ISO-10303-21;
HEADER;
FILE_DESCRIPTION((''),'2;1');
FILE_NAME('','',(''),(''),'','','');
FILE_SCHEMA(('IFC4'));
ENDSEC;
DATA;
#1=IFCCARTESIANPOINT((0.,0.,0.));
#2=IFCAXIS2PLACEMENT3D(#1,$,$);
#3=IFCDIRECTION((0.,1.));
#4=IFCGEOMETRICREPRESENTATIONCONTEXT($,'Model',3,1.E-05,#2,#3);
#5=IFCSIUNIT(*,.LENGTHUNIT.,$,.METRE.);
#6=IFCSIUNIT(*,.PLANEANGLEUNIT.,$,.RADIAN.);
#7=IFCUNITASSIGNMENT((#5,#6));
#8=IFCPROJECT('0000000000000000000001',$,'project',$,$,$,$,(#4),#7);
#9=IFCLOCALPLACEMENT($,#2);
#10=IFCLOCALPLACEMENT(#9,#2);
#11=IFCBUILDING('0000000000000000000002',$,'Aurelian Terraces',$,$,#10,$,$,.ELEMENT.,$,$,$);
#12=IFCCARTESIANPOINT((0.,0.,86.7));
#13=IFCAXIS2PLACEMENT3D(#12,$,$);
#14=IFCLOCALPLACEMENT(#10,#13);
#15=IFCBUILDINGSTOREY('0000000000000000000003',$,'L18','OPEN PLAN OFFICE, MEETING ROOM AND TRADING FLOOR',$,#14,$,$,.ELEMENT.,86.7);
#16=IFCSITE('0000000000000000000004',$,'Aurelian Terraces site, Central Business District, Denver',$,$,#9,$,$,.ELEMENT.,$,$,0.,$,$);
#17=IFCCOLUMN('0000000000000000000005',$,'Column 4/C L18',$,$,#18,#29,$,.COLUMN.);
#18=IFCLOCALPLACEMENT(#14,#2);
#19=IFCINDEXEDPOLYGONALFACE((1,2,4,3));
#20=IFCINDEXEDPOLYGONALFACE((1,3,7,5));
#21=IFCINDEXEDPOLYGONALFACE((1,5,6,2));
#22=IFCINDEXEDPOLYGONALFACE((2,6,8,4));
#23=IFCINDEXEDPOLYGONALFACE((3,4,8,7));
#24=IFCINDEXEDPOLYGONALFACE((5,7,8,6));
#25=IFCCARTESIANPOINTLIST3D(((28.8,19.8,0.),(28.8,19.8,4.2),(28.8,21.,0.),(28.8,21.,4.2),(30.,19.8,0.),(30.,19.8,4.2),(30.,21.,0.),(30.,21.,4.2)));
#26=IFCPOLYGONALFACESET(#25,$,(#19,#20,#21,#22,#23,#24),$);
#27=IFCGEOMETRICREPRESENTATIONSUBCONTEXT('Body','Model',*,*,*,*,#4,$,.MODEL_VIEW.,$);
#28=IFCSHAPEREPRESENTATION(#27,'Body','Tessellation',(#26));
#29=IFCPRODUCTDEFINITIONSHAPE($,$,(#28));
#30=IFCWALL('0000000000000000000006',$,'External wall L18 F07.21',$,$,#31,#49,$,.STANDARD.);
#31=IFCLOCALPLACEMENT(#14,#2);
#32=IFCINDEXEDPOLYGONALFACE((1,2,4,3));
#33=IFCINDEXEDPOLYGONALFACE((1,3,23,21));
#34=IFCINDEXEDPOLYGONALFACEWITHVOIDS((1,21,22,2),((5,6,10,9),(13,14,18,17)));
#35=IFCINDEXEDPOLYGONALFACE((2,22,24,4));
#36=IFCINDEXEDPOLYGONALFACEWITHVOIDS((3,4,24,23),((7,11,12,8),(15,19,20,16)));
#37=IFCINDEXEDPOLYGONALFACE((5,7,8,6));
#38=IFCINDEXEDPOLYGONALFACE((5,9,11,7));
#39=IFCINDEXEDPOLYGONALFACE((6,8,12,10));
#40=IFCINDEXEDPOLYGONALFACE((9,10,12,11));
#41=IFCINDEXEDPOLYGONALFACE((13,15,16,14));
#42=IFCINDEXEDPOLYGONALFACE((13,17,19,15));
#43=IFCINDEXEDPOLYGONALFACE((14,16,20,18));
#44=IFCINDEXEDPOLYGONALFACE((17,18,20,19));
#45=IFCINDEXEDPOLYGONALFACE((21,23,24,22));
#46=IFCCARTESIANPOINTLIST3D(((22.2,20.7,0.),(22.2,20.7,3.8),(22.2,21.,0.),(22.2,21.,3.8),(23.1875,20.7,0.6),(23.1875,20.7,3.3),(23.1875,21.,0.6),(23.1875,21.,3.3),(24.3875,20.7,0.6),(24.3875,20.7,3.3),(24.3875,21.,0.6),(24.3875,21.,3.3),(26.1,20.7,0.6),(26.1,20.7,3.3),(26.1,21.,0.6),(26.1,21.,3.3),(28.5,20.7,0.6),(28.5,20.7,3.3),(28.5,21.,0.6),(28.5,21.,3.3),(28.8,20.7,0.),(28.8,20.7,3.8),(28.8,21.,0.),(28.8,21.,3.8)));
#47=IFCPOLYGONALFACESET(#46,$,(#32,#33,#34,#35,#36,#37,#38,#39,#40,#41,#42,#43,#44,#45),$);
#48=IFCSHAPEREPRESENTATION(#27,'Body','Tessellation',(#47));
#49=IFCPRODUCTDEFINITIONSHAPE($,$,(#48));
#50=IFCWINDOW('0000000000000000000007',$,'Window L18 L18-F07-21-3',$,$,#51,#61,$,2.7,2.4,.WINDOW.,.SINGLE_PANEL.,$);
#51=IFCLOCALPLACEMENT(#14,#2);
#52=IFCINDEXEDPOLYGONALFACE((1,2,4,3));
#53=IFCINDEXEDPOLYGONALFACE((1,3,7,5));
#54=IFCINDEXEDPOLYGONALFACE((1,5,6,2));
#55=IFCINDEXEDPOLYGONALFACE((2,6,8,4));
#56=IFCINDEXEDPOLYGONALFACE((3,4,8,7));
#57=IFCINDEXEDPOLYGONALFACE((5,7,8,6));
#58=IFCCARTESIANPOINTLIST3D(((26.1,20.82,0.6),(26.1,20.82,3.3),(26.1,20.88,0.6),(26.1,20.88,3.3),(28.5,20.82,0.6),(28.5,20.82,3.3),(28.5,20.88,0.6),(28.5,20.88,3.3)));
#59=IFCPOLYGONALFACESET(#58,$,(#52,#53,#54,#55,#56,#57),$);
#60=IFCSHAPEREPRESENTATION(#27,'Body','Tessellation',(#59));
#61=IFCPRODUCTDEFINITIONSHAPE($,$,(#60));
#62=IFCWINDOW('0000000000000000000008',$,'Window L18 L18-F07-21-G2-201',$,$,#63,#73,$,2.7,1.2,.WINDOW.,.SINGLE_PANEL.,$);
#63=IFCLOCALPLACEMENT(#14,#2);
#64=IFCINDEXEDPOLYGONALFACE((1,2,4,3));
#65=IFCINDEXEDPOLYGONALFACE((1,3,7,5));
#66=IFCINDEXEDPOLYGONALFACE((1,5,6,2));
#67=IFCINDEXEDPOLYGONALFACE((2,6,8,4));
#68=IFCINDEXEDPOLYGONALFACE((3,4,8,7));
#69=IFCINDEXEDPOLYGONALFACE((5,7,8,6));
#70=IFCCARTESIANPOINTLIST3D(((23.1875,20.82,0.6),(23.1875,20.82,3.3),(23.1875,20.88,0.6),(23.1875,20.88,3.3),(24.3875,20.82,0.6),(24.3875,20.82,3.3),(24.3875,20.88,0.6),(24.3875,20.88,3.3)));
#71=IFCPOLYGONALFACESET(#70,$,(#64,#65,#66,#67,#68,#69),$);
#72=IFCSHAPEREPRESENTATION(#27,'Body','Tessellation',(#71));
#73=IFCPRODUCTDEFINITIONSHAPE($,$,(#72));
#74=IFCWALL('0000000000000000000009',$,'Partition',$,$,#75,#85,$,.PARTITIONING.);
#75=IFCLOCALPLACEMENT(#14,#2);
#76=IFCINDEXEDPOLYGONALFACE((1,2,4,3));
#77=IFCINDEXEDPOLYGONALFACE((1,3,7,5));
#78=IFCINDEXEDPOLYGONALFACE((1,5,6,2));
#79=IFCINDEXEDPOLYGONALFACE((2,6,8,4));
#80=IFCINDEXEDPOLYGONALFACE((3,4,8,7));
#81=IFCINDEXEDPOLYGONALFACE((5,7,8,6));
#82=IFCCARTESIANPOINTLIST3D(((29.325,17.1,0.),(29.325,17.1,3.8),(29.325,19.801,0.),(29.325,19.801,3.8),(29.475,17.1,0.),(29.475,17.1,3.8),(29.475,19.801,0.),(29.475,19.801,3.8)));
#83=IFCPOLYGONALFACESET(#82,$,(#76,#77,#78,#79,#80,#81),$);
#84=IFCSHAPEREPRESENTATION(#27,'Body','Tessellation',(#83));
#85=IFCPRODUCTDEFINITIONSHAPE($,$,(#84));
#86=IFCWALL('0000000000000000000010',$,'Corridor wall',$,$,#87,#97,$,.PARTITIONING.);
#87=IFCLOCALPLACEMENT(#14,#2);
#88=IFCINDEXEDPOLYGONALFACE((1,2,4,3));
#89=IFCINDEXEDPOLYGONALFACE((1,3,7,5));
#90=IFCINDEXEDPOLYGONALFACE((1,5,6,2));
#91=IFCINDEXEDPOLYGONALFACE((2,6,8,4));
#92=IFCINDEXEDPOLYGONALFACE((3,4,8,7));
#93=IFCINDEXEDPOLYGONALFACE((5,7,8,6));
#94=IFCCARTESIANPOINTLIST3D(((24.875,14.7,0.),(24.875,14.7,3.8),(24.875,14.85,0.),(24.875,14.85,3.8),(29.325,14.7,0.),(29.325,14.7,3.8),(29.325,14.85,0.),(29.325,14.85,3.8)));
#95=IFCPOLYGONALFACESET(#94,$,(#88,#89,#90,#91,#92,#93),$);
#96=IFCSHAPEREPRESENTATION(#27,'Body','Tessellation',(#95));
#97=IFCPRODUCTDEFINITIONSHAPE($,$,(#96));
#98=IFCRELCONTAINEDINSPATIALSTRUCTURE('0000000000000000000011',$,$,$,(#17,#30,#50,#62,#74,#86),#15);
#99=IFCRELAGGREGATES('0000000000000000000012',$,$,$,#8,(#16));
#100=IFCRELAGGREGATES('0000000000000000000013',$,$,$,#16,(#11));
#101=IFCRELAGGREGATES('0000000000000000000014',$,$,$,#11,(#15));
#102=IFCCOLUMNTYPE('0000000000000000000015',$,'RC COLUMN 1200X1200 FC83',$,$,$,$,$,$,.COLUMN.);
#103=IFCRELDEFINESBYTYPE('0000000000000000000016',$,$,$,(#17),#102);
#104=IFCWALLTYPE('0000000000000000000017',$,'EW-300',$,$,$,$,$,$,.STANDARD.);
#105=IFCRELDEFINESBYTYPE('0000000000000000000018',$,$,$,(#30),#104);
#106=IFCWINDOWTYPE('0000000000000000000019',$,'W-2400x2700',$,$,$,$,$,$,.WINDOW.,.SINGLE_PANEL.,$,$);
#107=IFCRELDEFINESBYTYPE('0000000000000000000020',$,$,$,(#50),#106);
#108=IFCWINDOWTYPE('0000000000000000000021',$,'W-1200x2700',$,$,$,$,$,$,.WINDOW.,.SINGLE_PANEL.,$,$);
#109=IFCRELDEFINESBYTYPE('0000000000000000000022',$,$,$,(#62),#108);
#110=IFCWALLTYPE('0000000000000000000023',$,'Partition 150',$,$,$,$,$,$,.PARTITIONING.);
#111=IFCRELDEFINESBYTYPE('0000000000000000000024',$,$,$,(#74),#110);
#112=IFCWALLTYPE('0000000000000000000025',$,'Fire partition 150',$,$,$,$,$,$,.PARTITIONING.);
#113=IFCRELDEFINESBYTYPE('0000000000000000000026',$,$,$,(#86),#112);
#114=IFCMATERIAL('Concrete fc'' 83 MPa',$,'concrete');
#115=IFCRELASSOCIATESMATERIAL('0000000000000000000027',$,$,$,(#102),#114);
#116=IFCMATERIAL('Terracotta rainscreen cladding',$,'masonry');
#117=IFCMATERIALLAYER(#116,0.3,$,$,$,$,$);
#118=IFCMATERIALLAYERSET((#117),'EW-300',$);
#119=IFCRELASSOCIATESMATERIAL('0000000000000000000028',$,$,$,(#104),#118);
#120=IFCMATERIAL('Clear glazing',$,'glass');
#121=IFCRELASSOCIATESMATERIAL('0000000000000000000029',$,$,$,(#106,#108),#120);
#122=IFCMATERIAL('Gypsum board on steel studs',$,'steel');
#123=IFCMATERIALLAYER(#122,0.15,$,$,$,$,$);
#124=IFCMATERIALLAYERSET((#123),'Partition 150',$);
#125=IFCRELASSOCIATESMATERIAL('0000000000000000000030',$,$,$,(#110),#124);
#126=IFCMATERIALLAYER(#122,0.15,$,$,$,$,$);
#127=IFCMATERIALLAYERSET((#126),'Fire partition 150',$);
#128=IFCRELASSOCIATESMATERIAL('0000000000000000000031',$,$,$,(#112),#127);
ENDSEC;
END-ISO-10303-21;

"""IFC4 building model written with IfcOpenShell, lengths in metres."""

from ifc_helpers import new_model, si_unit, direction, frame, frame_2d, origin, origin_2d, place, context, subcontext, project, spatial, rectangle, extrude, source, transform, mapped, material, layer, layer_set, material_profile, profile_set, type_object, element, fill, save


model = new_model("IFC4")

# Units and contexts
model_context = context("Model", 3, precision=1e-05, world=origin(), true_north=direction((0.0, 1.0)))
body_context = subcontext(model_context, "Body", "Model", "MODEL_VIEW")
ifc_project = project(units=[si_unit("LENGTHUNIT", "METRE"), si_unit("PLANEANGLEUNIT", "RADIAN")], contexts=[model_context])

# Site, building, storey
site_placement = place(None, origin())
site = spatial("IfcSite", under=ifc_project, at=site_placement, Name="Aurelian Terraces site, Central Business District, Denver", CompositionType="ELEMENT", RefElevation=0.0)
building_placement = place(site_placement, origin())
building = spatial("IfcBuilding", under=site, at=building_placement, Name="Aurelian Terraces", CompositionType="ELEMENT")
storey_placement = place(building_placement, frame((0.0, 0.0, 86.7)))
storey = spatial("IfcBuildingStorey", under=building, at=storey_placement, Name="L18", Description="OPEN PLAN OFFICE, MEETING ROOM AND TRADING FLOOR", CompositionType="ELEMENT", Elevation=86.7)

# Column
ifc_material_1 = material(Name="Concrete fc' 83 MPa", Category="concrete")
ifc_material_profile = material_profile(ifc_material_1, rectangle(XDim=1.2, YDim=1.2, at=origin_2d()))
ifc_profile_set = profile_set([ifc_material_profile], Name="Concrete fc' 83 MPa")
column_type = type_object("IfcColumnType", Name="RC COLUMN 1200X1200 FC83", PredefinedType="COLUMN", material=ifc_profile_set)
shared_shape_1 = source(origin(), body_context, "Body", "SweptSolid", [
    extrude(rectangle(XDim=1.2, YDim=1.2, at=origin_2d()), origin(), (0.0, 0.0, 1.0), 4.2),
])
column_placement = place(storey_placement, frame((29.4, 20.4, 0.0), z_axis=(0.0, 0.0, 1.0), x_axis=(1.0, 0.0, 0.0)))
element("IfcColumn", 1, at=column_placement, inside=storey, type_object=column_type, Name="Column 4/C L18", PredefinedType="COLUMN", context=body_context, shape_type="MappedRepresentation", body=[
    mapped(shared_shape_1, transform((0.0, 0.0, 0.0), scale=1.0)),
])

# Wall, openings, windows
ifc_material_2 = material(Name="Terracotta rainscreen cladding", Category="masonry")
ifc_layer_1 = layer(ifc_material_2, 0.3)
ifc_layer_set_1 = layer_set([ifc_layer_1], Name="EW-300")
wall_type_1 = type_object("IfcWallType", Name="EW-300", PredefinedType="STANDARD", material=ifc_layer_set_1)
shared_shape_2 = source(origin(), body_context, "Body", "SweptSolid", [
    extrude(rectangle(XDim=6.6, YDim=0.3, at=frame_2d((3.3, 0.0))), origin(), (0.0, 0.0, 1.0), 3.8),
])
wall_1_placement = place(storey_placement, frame((28.8, 20.85, 0.0), z_axis=(0.0, 0.0, 1.0), x_axis=(-1.0, 0.0, 0.0)))
wall_1 = element("IfcWall", 2, at=wall_1_placement, inside=storey, type_object=wall_type_1, Name="External wall L18 F07.21", PredefinedType="STANDARD", context=body_context, shape_type="MappedRepresentation", body=[
    mapped(shared_shape_2, transform((0.0, 0.0, 0.0), scale=1.0)),
])
shared_shape_3 = source(origin(), body_context, "Body", "SweptSolid", [
    extrude(rectangle(XDim=2.4, YDim=2.7, at=frame_2d((1.2, 1.35))), frame((0.0, 0.16, 0.0), z_axis=(0.0, -1.0, 0.0), x_axis=(1.0, 0.0, 0.0)), (0.0, 0.0, 1.0), 0.32),
])
opening_1_placement = place(wall_1_placement, frame((0.3, 0.0, 0.6)))
opening_1 = element("IfcOpeningElement", 3, at=opening_1_placement, cuts=wall_1, PredefinedType="OPENING", context=body_context, shape_type="MappedRepresentation", body=[
    mapped(shared_shape_3, transform((0.0, 0.0, 0.0), scale=1.0)),
])
shared_shape_4 = source(origin(), body_context, "Body", "SweptSolid", [
    extrude(rectangle(XDim=1.2, YDim=2.7, at=frame_2d((0.6, 1.35))), frame((0.0, 0.16, 0.0), z_axis=(0.0, -1.0, 0.0), x_axis=(1.0, 0.0, 0.0)), (0.0, 0.0, 1.0), 0.32),
])
opening_2_placement = place(wall_1_placement, frame((4.4125, 0.0, 0.6)))
opening_2 = element("IfcOpeningElement", 4, at=opening_2_placement, cuts=wall_1, PredefinedType="OPENING", context=body_context, shape_type="MappedRepresentation", body=[
    mapped(shared_shape_4, transform((0.0, 0.0, 0.0), scale=1.0)),
])
ifc_material_3 = material(Name="Clear glazing", Category="glass")
window_type_1 = type_object("IfcWindowType", Name="W-2400x2700", PartitioningType="SINGLE_PANEL", PredefinedType="WINDOW", material=ifc_material_3)
shared_shape_5 = source(origin(), body_context, "Body", "SweptSolid", [
    extrude(rectangle(XDim=2.4, YDim=2.7, at=frame_2d((1.2, 1.35))), frame((0.0, 0.03, 0.0), z_axis=(0.0, -1.0, 0.0), x_axis=(1.0, 0.0, 0.0)), (0.0, 0.0, 1.0), 0.06),
])
window_1_placement = place(opening_1_placement, origin())
window_1 = element("IfcWindow", 5, at=window_1_placement, inside=storey, type_object=window_type_1, Name="Window L18 L18-F07-21-3", OverallHeight=2.7, OverallWidth=2.4, PartitioningType="SINGLE_PANEL", PredefinedType="WINDOW", context=body_context, shape_type="MappedRepresentation", body=[
    mapped(shared_shape_5, transform((0.0, 0.0, 0.0), scale=1.0)),
])
fill(opening_1, window_1)
window_type_2 = type_object("IfcWindowType", Name="W-1200x2700", PartitioningType="SINGLE_PANEL", PredefinedType="WINDOW", material=ifc_material_3)
shared_shape_6 = source(origin(), body_context, "Body", "SweptSolid", [
    extrude(rectangle(XDim=1.2, YDim=2.7, at=frame_2d((0.6, 1.35))), frame((0.0, 0.03, 0.0), z_axis=(0.0, -1.0, 0.0), x_axis=(1.0, 0.0, 0.0)), (0.0, 0.0, 1.0), 0.06),
])
window_2_placement = place(opening_2_placement, origin())
window_2 = element("IfcWindow", 6, at=window_2_placement, inside=storey, type_object=window_type_2, Name="Window L18 L18-F07-21-G2-201", OverallHeight=2.7, OverallWidth=1.2, PartitioningType="SINGLE_PANEL", PredefinedType="WINDOW", context=body_context, shape_type="MappedRepresentation", body=[
    mapped(shared_shape_6, transform((0.0, 0.0, 0.0), scale=1.0)),
])
fill(opening_2, window_2)

# Wall
ifc_material_4 = material(Name="Gypsum board on steel studs", Category="steel")
ifc_layer_2 = layer(ifc_material_4, 0.15)
ifc_layer_set_2 = layer_set([ifc_layer_2], Name="Partition 150")
wall_type_2 = type_object("IfcWallType", Name="Partition 150", PredefinedType="PARTITIONING", material=ifc_layer_set_2)
shared_shape_7 = source(origin(), body_context, "Body", "SweptSolid", [
    extrude(rectangle(XDim=2.701, YDim=0.15, at=frame_2d((1.3505, 0.0))), origin(), (0.0, 0.0, 1.0), 3.8),
])
wall_2_placement = place(storey_placement, frame((29.4, 17.1, 0.0), z_axis=(0.0, 0.0, 1.0), x_axis=(0.0, 1.0, 0.0)))
element("IfcWall", 7, at=wall_2_placement, inside=storey, type_object=wall_type_2, Name="Partition", PredefinedType="PARTITIONING", context=body_context, shape_type="MappedRepresentation", body=[
    mapped(shared_shape_7, transform((0.0, 0.0, 0.0), scale=1.0)),
])

# Shared definitions
ifc_layer_3 = layer(ifc_material_4, 0.15)
ifc_layer_set_3 = layer_set([ifc_layer_3], Name="Fire partition 150")
wall_type_3 = type_object("IfcWallType", Name="Fire partition 150", PredefinedType="PARTITIONING", material=ifc_layer_set_3)

# Wall
shared_shape_8 = source(origin(), body_context, "Body", "SweptSolid", [
    extrude(rectangle(XDim=4.45, YDim=0.15, at=frame_2d((2.225, 0.0))), origin(), (0.0, 0.0, 1.0), 3.8),
])
wall_3_placement = place(storey_placement, frame((29.325, 14.775, 0.0), z_axis=(0.0, 0.0, 1.0), x_axis=(-1.0, 0.0, 0.0)))
element("IfcWall", 8, at=wall_3_placement, inside=storey, type_object=wall_type_3, Name="Corridor wall", PredefinedType="PARTITIONING", context=body_context, shape_type="MappedRepresentation", body=[
    mapped(shared_shape_8, transform((0.0, 0.0, 0.0), scale=1.0)),
])

save(model, "model.ifc")
